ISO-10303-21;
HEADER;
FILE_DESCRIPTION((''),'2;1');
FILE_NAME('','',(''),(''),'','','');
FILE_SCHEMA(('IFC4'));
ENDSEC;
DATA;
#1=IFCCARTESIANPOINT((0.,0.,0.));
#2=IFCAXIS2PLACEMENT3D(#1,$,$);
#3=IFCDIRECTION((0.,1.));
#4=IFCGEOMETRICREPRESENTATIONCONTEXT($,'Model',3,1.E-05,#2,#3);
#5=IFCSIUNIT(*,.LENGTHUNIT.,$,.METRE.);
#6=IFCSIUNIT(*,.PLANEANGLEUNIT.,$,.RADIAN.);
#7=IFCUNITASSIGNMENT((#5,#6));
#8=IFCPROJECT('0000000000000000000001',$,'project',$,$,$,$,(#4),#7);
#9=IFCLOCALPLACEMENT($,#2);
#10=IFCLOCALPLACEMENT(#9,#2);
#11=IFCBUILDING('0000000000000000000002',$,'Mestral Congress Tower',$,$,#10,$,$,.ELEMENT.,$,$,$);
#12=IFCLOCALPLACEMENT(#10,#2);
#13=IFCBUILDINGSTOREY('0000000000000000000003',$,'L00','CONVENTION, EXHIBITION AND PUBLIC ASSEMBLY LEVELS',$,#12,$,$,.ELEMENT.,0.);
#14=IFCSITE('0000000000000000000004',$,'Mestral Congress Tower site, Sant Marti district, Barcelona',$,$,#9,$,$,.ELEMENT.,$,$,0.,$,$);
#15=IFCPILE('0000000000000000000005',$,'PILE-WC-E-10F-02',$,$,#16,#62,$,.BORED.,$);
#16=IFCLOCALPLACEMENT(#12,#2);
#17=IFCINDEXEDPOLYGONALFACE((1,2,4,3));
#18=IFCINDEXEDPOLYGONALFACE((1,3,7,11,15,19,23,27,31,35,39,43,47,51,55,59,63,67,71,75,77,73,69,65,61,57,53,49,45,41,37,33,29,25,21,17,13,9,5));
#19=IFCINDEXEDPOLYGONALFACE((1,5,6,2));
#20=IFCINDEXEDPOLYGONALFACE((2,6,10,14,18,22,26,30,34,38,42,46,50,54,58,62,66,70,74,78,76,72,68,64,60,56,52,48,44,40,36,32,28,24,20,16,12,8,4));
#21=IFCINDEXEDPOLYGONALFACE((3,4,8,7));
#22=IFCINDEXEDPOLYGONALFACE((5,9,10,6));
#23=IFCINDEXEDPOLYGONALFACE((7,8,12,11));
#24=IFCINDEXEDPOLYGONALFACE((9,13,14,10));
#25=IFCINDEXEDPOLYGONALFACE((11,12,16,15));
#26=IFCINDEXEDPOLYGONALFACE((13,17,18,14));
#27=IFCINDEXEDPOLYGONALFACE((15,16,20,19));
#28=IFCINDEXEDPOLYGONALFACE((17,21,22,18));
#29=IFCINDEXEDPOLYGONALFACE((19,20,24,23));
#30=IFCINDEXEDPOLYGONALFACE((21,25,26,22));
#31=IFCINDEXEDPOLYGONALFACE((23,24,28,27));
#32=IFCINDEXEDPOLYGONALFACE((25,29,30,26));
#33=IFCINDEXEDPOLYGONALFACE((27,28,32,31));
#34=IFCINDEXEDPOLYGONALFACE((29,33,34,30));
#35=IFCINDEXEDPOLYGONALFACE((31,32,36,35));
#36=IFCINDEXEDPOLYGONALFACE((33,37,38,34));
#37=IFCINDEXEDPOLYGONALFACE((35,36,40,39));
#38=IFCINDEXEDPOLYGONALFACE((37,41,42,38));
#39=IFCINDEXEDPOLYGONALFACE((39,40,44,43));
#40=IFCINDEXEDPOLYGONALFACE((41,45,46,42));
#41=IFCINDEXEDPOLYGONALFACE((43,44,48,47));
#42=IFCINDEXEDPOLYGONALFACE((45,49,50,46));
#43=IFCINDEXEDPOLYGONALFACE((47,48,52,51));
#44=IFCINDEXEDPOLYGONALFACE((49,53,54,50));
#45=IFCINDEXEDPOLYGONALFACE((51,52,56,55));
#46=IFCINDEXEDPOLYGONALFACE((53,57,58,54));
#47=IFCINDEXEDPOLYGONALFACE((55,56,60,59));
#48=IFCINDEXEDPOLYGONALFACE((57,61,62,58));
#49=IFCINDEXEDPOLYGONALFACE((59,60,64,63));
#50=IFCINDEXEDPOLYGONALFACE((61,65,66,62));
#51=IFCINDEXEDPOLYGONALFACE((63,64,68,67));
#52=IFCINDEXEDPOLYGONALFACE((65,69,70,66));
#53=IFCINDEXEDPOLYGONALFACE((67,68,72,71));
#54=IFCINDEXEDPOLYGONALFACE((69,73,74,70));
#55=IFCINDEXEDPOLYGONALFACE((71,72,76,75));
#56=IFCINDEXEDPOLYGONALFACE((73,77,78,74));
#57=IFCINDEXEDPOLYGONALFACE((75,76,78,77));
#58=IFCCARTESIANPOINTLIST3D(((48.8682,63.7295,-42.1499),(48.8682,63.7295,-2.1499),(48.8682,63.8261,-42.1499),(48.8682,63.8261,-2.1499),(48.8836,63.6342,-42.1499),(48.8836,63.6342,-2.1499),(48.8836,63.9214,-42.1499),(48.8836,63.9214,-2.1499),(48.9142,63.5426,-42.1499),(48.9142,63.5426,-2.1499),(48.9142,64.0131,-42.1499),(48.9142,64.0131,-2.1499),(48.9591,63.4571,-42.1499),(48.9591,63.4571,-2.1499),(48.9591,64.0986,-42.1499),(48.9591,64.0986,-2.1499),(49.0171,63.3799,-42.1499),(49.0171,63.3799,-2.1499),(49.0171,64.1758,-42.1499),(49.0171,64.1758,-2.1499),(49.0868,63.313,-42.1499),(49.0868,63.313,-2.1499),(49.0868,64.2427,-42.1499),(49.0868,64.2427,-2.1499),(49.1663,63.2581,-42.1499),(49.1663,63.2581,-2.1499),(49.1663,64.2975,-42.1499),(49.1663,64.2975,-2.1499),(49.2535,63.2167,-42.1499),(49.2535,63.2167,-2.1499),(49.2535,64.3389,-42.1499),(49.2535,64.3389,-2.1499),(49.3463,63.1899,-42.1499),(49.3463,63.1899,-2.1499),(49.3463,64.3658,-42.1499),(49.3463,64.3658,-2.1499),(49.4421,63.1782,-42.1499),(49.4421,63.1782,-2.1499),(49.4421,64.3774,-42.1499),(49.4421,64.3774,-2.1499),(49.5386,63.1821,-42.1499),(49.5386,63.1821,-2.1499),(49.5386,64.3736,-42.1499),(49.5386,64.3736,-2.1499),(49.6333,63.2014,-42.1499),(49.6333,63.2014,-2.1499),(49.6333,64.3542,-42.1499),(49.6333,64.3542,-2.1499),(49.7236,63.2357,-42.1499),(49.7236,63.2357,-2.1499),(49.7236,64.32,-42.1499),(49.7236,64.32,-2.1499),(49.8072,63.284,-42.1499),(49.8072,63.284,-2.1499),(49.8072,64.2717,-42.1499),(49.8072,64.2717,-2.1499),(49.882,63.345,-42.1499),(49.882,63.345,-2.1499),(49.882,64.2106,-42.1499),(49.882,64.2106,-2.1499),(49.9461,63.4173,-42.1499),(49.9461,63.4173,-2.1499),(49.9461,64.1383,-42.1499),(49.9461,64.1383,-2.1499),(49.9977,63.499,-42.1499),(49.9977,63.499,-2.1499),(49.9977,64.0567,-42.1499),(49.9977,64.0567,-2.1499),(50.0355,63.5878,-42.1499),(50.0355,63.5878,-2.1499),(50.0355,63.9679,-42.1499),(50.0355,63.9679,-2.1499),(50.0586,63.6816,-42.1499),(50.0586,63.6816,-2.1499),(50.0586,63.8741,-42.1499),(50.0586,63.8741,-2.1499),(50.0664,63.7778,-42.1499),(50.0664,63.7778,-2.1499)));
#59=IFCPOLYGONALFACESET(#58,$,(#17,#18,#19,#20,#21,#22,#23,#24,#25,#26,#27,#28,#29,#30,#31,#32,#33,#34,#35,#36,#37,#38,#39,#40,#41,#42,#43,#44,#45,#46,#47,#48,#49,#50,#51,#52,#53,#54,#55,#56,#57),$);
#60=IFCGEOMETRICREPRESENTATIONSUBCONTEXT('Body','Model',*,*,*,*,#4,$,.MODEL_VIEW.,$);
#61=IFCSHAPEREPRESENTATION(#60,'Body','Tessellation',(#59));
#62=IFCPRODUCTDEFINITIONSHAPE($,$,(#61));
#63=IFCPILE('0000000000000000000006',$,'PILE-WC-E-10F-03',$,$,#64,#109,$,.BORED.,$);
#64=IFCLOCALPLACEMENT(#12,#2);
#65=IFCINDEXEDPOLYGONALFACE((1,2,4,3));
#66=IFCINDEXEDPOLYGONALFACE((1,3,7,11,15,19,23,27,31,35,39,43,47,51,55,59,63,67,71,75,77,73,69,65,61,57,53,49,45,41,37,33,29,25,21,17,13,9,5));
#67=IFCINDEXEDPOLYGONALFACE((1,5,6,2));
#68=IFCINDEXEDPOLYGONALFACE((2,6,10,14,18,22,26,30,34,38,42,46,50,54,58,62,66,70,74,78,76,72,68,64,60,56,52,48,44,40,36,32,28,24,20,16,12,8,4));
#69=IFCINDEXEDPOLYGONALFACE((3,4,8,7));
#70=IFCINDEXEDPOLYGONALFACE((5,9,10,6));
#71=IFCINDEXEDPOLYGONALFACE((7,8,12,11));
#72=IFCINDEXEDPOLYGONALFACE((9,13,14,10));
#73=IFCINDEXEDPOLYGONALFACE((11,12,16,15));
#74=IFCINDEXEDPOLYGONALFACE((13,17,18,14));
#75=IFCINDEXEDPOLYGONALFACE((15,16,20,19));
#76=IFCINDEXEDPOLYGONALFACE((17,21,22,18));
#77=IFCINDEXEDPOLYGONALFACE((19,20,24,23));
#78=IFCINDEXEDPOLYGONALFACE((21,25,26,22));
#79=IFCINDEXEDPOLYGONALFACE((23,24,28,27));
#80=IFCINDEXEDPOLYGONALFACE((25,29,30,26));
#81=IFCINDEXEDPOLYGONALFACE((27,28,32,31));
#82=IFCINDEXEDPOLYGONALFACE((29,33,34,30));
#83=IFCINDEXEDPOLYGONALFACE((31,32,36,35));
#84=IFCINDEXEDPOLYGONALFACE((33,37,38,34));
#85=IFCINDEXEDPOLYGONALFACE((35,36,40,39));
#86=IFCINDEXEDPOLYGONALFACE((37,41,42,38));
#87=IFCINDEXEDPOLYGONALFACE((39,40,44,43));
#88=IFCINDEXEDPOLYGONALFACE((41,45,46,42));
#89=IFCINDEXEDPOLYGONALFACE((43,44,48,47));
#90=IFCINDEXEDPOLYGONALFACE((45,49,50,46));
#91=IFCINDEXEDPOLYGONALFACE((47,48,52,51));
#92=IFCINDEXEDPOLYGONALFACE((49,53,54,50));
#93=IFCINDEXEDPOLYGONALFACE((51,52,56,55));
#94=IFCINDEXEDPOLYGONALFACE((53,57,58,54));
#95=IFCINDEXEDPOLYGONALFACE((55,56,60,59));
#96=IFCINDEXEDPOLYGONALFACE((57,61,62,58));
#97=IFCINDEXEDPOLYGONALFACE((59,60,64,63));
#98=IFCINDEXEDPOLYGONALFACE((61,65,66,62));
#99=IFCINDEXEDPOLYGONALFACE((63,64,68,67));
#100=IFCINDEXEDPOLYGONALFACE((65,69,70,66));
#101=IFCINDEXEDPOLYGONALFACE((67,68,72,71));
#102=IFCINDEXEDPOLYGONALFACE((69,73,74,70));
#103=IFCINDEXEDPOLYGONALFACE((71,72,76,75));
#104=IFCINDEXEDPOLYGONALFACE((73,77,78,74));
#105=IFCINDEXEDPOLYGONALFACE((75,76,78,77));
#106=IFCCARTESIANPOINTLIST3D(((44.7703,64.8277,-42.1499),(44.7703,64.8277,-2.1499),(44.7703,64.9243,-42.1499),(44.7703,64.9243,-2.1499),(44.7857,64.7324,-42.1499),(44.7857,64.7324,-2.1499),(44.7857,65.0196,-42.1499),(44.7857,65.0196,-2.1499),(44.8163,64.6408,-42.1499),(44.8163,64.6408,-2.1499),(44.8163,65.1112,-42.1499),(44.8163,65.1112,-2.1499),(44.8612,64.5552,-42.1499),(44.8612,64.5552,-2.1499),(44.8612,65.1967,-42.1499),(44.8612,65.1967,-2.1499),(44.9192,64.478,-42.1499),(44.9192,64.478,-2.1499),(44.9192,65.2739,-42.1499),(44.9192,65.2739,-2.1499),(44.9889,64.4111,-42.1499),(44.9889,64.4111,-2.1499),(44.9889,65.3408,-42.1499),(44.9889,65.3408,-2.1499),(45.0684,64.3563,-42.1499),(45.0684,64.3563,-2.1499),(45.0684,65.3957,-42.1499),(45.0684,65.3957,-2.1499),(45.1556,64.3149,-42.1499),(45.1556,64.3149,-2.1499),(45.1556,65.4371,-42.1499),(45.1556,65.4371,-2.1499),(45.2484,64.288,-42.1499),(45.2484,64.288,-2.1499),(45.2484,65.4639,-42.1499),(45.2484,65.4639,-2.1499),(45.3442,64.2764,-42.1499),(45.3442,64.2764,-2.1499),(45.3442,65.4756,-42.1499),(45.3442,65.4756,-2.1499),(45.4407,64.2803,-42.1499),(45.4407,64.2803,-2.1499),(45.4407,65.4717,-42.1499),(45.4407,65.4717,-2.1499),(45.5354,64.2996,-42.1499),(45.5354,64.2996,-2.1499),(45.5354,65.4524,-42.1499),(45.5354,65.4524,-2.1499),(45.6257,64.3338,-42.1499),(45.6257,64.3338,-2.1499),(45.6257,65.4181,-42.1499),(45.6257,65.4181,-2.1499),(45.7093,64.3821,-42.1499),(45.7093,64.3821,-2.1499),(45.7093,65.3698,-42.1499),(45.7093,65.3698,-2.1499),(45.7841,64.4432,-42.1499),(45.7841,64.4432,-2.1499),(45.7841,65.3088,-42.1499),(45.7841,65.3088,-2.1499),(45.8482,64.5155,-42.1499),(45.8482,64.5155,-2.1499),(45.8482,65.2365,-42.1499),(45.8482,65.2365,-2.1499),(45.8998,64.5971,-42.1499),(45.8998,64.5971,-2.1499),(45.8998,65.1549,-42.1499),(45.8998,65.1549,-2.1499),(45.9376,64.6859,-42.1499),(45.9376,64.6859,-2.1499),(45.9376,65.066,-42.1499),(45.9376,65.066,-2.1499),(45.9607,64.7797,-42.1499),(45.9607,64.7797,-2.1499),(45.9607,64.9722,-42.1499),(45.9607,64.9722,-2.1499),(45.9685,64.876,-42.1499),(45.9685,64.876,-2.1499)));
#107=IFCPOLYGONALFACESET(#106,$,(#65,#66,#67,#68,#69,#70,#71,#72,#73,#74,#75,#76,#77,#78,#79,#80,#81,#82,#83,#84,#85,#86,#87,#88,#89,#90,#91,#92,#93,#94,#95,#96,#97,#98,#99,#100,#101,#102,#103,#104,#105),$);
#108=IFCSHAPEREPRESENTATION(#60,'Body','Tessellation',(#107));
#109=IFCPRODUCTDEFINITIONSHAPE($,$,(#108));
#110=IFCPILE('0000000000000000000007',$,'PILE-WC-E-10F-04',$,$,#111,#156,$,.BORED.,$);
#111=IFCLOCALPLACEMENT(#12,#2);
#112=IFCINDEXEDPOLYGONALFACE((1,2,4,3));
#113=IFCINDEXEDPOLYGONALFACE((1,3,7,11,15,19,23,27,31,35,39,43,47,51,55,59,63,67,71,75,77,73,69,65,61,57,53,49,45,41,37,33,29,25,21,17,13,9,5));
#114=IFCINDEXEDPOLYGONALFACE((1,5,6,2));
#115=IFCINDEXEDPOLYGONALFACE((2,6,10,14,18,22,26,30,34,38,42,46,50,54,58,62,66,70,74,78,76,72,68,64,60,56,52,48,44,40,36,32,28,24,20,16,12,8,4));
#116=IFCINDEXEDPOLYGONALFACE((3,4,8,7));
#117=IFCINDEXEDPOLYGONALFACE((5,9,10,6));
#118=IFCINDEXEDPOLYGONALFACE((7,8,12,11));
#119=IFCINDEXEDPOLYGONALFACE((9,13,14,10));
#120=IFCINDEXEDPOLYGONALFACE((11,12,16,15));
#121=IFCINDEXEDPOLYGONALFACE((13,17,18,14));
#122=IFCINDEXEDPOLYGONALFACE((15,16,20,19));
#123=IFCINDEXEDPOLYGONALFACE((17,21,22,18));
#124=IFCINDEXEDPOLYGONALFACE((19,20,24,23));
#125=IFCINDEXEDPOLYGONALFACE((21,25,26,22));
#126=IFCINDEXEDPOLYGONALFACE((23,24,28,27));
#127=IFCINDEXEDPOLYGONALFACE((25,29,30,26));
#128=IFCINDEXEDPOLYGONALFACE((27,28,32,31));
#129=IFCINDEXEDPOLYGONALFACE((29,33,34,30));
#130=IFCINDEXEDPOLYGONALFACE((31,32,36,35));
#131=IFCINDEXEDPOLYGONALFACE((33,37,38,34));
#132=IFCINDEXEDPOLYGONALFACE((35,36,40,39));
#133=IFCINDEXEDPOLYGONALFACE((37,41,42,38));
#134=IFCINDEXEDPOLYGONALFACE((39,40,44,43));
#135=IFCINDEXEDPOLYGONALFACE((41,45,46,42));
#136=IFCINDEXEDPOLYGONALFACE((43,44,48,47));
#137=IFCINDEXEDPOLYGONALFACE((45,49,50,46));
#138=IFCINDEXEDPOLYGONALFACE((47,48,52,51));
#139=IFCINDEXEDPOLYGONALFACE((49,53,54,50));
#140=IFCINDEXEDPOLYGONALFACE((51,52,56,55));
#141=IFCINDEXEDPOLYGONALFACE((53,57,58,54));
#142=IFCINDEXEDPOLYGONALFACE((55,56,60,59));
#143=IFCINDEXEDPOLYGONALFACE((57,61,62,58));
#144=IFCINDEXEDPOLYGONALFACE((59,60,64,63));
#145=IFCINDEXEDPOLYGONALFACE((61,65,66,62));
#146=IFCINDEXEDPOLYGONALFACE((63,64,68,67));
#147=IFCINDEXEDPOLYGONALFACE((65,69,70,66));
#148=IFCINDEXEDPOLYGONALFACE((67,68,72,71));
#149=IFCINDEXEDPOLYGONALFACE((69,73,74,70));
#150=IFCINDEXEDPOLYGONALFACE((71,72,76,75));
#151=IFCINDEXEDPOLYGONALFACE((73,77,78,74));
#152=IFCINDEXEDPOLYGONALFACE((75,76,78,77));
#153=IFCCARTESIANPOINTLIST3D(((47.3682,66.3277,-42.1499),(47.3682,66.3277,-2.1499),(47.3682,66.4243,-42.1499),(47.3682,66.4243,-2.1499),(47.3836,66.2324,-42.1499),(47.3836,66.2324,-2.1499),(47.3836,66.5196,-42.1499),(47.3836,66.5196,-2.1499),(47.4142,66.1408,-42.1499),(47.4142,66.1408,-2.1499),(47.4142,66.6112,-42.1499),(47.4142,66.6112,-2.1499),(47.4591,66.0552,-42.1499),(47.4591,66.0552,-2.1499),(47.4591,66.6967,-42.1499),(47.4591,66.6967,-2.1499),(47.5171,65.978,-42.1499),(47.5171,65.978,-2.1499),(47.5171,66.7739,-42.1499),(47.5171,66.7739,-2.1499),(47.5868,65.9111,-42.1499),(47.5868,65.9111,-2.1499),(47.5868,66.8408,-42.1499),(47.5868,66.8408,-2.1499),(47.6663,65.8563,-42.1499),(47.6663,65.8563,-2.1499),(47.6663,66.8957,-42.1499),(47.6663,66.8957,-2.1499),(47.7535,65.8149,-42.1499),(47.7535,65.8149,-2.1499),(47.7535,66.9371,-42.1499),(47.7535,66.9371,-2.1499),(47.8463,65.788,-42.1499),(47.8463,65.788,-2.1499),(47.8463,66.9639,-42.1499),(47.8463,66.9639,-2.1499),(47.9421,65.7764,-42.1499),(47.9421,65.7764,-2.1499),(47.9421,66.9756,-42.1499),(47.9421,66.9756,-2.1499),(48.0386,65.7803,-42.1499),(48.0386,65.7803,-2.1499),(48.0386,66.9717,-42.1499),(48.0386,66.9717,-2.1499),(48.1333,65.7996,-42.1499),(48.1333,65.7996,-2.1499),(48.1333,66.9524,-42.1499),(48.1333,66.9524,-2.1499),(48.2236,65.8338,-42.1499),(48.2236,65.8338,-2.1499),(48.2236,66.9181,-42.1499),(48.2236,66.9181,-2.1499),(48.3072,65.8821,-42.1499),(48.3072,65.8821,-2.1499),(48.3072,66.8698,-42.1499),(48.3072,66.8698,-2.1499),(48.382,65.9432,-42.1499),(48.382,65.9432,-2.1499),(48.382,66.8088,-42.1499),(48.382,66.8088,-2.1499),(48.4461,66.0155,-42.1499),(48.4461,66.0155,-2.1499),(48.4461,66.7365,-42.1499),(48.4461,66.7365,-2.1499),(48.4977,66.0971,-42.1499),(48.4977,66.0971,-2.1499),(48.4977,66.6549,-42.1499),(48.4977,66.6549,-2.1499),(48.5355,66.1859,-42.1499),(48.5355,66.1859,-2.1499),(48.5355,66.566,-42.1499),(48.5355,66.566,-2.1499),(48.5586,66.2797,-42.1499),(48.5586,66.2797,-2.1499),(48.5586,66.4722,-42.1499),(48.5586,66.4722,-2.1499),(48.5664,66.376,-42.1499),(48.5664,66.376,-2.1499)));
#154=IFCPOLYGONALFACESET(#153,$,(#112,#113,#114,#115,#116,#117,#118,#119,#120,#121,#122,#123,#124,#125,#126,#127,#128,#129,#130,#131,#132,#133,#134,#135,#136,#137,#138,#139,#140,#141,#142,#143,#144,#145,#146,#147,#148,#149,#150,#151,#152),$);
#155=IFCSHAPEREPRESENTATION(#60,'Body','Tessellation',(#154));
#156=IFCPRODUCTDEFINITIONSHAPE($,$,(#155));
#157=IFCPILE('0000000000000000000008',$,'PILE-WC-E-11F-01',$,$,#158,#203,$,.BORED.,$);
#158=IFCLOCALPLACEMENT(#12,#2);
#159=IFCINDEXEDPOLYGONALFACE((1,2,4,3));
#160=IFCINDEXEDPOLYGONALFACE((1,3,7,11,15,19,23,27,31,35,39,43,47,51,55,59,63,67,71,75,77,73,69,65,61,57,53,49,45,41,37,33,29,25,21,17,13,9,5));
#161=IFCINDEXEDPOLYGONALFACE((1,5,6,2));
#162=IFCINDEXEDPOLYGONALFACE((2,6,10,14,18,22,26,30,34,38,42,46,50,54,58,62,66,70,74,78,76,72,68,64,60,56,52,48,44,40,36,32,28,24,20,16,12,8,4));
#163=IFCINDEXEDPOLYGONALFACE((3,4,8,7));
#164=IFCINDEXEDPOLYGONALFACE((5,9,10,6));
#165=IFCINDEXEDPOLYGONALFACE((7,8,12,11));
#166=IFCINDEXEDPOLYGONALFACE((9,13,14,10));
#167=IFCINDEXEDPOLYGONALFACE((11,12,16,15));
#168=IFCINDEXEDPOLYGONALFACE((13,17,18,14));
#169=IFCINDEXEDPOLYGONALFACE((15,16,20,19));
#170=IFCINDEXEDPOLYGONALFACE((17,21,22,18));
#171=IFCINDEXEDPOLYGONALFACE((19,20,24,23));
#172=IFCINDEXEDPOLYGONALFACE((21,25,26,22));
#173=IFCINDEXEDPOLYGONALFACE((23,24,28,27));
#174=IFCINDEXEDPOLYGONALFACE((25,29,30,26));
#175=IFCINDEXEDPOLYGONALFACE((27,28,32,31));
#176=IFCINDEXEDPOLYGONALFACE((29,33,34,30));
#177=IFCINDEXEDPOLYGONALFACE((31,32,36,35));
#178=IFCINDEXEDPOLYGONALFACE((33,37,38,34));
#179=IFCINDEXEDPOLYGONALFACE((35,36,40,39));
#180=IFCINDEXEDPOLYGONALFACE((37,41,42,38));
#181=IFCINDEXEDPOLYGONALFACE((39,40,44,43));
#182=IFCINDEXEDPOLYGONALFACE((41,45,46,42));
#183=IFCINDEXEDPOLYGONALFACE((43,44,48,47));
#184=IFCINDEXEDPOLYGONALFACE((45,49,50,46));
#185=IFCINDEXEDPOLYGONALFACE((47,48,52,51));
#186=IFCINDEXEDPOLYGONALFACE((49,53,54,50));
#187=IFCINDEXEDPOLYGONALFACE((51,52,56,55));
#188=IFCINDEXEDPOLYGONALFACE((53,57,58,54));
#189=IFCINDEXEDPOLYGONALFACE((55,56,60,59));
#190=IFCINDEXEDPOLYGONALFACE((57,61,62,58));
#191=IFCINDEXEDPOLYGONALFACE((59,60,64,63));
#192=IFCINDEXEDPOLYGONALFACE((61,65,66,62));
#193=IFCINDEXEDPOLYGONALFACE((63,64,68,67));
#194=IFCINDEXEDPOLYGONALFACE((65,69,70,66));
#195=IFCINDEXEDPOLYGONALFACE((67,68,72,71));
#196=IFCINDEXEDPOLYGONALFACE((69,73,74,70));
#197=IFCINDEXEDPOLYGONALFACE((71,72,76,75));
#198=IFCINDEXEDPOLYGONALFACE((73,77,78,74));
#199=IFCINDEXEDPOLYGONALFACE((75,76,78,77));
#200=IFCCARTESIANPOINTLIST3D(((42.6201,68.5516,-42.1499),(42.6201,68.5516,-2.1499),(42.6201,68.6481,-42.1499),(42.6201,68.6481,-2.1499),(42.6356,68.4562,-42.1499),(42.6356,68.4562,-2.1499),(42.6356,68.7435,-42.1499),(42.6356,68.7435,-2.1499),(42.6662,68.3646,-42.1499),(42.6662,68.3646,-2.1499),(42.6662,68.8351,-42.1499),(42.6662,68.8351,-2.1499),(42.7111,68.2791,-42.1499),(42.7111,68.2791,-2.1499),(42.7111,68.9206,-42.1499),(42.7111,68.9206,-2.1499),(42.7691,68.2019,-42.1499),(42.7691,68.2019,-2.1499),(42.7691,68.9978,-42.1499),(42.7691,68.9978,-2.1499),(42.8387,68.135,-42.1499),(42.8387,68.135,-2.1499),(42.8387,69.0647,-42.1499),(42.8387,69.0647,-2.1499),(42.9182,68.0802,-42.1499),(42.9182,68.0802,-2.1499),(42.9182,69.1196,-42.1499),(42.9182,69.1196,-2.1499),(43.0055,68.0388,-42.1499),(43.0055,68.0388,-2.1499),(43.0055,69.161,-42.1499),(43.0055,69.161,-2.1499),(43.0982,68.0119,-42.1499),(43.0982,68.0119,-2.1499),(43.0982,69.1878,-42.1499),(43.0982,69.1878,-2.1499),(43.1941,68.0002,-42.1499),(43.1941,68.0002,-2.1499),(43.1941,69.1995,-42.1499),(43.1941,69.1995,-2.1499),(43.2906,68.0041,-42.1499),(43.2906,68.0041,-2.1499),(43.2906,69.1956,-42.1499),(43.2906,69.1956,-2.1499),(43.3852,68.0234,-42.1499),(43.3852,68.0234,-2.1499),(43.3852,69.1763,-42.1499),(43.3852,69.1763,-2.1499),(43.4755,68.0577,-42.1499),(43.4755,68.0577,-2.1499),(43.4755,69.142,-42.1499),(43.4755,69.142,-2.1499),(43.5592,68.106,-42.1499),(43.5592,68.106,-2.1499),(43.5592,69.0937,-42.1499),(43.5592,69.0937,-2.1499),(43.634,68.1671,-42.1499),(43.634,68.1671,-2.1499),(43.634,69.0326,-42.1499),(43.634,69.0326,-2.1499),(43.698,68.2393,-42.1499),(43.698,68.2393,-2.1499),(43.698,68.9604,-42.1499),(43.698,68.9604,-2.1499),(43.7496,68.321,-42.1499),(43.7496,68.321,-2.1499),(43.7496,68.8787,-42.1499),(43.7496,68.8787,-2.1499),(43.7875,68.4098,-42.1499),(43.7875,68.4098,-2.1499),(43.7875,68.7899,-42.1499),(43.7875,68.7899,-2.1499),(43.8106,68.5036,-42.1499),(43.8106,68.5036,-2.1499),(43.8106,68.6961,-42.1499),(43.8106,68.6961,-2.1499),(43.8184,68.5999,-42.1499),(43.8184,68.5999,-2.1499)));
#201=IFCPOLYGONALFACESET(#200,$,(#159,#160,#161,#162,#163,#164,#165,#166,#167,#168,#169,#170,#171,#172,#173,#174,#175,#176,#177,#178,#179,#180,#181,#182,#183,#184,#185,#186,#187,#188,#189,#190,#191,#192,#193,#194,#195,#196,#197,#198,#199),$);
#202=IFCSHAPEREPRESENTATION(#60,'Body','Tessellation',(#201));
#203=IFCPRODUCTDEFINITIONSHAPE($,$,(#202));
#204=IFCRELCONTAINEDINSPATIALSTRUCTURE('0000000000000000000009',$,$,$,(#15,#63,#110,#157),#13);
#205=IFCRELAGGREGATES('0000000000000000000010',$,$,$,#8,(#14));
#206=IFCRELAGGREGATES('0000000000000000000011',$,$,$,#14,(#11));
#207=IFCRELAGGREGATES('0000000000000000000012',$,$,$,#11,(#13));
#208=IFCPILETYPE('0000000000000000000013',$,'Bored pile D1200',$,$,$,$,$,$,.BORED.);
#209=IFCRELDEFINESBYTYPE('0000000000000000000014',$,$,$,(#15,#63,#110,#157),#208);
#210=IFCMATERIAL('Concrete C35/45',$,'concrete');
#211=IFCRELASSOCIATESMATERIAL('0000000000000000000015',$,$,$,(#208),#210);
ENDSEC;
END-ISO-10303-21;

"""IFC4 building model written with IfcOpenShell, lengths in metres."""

from ifc_helpers import new_model, si_unit, direction, frame, origin, origin_2d, place, context, subcontext, project, spatial, circle, extrude, material, material_profile, profile_set, type_object, element, save


model = new_model("IFC4")

# Units and contexts
model_context = context("Model", 3, precision=1e-05, world=origin(), true_north=direction((0.0, 1.0)))
body_context = subcontext(model_context, "Body", "Model", "MODEL_VIEW")
ifc_project = project(units=[si_unit("LENGTHUNIT", "METRE"), si_unit("PLANEANGLEUNIT", "RADIAN")], contexts=[model_context])

# Site, building, storey
site_placement = place(None, origin())
site = spatial("IfcSite", under=ifc_project, at=site_placement, Name="Mestral Congress Tower site, Sant Marti district, Barcelona", CompositionType="ELEMENT", RefElevation=0.0)
building_placement = place(site_placement, origin())
building = spatial("IfcBuilding", under=site, at=building_placement, Name="Mestral Congress Tower", CompositionType="ELEMENT")
storey_placement = place(building_placement, origin())
storey = spatial("IfcBuildingStorey", under=building, at=storey_placement, Name="L00", Description="CONVENTION, EXHIBITION AND PUBLIC ASSEMBLY LEVELS", CompositionType="ELEMENT", Elevation=0.0)

# Piles
ifc_material_1 = material(Name="Concrete C35/45", Category="concrete")
ifc_material_profile_1 = material_profile(ifc_material_1, circle(Radius=0.6001, at=origin_2d()), Name="D1200")
ifc_profile_set_1 = profile_set([ifc_material_profile_1], Name="Concrete C35/45")
pile_type = type_object("IfcPileType", Name="Bored pile D1200", PredefinedType="BORED", material=ifc_profile_set_1)
for number, where, z_axis, x_axis, name in (
    (1, (49.4663, 63.7778, -2.1499), (0.0, 0.0, -1.0), (1.0, 0.0, 0.0), "PILE-WC-E-10F-02"),
    (2, (45.3684, 64.876, -2.1499), (0.0, 0.0, -1.0), (1.0, 0.0, 0.0), "PILE-WC-E-10F-03"),
    (3, (47.9663, 66.376, -2.1499), (0.0, 0.0, -1.0), (1.0, 0.0, 0.0), "PILE-WC-E-10F-04"),
    (4, (43.2183, 68.5999, -2.1499), (0.0, 0.0, -1.0), (1.0, 0.0, 0.0), "PILE-WC-E-11F-01"),
):
    element("IfcPile", number, at=place(storey_placement, frame(where, z_axis=z_axis, x_axis=x_axis)), inside=storey, type_object=pile_type, Name=name, PredefinedType="BORED", context=body_context, shape_type="SweptSolid", body=[
        extrude(circle(Radius=0.6001, at=origin_2d()), origin(), (0.0, 0.0, 1.0), 40.0),
    ])

save(model, "model.ifc")
